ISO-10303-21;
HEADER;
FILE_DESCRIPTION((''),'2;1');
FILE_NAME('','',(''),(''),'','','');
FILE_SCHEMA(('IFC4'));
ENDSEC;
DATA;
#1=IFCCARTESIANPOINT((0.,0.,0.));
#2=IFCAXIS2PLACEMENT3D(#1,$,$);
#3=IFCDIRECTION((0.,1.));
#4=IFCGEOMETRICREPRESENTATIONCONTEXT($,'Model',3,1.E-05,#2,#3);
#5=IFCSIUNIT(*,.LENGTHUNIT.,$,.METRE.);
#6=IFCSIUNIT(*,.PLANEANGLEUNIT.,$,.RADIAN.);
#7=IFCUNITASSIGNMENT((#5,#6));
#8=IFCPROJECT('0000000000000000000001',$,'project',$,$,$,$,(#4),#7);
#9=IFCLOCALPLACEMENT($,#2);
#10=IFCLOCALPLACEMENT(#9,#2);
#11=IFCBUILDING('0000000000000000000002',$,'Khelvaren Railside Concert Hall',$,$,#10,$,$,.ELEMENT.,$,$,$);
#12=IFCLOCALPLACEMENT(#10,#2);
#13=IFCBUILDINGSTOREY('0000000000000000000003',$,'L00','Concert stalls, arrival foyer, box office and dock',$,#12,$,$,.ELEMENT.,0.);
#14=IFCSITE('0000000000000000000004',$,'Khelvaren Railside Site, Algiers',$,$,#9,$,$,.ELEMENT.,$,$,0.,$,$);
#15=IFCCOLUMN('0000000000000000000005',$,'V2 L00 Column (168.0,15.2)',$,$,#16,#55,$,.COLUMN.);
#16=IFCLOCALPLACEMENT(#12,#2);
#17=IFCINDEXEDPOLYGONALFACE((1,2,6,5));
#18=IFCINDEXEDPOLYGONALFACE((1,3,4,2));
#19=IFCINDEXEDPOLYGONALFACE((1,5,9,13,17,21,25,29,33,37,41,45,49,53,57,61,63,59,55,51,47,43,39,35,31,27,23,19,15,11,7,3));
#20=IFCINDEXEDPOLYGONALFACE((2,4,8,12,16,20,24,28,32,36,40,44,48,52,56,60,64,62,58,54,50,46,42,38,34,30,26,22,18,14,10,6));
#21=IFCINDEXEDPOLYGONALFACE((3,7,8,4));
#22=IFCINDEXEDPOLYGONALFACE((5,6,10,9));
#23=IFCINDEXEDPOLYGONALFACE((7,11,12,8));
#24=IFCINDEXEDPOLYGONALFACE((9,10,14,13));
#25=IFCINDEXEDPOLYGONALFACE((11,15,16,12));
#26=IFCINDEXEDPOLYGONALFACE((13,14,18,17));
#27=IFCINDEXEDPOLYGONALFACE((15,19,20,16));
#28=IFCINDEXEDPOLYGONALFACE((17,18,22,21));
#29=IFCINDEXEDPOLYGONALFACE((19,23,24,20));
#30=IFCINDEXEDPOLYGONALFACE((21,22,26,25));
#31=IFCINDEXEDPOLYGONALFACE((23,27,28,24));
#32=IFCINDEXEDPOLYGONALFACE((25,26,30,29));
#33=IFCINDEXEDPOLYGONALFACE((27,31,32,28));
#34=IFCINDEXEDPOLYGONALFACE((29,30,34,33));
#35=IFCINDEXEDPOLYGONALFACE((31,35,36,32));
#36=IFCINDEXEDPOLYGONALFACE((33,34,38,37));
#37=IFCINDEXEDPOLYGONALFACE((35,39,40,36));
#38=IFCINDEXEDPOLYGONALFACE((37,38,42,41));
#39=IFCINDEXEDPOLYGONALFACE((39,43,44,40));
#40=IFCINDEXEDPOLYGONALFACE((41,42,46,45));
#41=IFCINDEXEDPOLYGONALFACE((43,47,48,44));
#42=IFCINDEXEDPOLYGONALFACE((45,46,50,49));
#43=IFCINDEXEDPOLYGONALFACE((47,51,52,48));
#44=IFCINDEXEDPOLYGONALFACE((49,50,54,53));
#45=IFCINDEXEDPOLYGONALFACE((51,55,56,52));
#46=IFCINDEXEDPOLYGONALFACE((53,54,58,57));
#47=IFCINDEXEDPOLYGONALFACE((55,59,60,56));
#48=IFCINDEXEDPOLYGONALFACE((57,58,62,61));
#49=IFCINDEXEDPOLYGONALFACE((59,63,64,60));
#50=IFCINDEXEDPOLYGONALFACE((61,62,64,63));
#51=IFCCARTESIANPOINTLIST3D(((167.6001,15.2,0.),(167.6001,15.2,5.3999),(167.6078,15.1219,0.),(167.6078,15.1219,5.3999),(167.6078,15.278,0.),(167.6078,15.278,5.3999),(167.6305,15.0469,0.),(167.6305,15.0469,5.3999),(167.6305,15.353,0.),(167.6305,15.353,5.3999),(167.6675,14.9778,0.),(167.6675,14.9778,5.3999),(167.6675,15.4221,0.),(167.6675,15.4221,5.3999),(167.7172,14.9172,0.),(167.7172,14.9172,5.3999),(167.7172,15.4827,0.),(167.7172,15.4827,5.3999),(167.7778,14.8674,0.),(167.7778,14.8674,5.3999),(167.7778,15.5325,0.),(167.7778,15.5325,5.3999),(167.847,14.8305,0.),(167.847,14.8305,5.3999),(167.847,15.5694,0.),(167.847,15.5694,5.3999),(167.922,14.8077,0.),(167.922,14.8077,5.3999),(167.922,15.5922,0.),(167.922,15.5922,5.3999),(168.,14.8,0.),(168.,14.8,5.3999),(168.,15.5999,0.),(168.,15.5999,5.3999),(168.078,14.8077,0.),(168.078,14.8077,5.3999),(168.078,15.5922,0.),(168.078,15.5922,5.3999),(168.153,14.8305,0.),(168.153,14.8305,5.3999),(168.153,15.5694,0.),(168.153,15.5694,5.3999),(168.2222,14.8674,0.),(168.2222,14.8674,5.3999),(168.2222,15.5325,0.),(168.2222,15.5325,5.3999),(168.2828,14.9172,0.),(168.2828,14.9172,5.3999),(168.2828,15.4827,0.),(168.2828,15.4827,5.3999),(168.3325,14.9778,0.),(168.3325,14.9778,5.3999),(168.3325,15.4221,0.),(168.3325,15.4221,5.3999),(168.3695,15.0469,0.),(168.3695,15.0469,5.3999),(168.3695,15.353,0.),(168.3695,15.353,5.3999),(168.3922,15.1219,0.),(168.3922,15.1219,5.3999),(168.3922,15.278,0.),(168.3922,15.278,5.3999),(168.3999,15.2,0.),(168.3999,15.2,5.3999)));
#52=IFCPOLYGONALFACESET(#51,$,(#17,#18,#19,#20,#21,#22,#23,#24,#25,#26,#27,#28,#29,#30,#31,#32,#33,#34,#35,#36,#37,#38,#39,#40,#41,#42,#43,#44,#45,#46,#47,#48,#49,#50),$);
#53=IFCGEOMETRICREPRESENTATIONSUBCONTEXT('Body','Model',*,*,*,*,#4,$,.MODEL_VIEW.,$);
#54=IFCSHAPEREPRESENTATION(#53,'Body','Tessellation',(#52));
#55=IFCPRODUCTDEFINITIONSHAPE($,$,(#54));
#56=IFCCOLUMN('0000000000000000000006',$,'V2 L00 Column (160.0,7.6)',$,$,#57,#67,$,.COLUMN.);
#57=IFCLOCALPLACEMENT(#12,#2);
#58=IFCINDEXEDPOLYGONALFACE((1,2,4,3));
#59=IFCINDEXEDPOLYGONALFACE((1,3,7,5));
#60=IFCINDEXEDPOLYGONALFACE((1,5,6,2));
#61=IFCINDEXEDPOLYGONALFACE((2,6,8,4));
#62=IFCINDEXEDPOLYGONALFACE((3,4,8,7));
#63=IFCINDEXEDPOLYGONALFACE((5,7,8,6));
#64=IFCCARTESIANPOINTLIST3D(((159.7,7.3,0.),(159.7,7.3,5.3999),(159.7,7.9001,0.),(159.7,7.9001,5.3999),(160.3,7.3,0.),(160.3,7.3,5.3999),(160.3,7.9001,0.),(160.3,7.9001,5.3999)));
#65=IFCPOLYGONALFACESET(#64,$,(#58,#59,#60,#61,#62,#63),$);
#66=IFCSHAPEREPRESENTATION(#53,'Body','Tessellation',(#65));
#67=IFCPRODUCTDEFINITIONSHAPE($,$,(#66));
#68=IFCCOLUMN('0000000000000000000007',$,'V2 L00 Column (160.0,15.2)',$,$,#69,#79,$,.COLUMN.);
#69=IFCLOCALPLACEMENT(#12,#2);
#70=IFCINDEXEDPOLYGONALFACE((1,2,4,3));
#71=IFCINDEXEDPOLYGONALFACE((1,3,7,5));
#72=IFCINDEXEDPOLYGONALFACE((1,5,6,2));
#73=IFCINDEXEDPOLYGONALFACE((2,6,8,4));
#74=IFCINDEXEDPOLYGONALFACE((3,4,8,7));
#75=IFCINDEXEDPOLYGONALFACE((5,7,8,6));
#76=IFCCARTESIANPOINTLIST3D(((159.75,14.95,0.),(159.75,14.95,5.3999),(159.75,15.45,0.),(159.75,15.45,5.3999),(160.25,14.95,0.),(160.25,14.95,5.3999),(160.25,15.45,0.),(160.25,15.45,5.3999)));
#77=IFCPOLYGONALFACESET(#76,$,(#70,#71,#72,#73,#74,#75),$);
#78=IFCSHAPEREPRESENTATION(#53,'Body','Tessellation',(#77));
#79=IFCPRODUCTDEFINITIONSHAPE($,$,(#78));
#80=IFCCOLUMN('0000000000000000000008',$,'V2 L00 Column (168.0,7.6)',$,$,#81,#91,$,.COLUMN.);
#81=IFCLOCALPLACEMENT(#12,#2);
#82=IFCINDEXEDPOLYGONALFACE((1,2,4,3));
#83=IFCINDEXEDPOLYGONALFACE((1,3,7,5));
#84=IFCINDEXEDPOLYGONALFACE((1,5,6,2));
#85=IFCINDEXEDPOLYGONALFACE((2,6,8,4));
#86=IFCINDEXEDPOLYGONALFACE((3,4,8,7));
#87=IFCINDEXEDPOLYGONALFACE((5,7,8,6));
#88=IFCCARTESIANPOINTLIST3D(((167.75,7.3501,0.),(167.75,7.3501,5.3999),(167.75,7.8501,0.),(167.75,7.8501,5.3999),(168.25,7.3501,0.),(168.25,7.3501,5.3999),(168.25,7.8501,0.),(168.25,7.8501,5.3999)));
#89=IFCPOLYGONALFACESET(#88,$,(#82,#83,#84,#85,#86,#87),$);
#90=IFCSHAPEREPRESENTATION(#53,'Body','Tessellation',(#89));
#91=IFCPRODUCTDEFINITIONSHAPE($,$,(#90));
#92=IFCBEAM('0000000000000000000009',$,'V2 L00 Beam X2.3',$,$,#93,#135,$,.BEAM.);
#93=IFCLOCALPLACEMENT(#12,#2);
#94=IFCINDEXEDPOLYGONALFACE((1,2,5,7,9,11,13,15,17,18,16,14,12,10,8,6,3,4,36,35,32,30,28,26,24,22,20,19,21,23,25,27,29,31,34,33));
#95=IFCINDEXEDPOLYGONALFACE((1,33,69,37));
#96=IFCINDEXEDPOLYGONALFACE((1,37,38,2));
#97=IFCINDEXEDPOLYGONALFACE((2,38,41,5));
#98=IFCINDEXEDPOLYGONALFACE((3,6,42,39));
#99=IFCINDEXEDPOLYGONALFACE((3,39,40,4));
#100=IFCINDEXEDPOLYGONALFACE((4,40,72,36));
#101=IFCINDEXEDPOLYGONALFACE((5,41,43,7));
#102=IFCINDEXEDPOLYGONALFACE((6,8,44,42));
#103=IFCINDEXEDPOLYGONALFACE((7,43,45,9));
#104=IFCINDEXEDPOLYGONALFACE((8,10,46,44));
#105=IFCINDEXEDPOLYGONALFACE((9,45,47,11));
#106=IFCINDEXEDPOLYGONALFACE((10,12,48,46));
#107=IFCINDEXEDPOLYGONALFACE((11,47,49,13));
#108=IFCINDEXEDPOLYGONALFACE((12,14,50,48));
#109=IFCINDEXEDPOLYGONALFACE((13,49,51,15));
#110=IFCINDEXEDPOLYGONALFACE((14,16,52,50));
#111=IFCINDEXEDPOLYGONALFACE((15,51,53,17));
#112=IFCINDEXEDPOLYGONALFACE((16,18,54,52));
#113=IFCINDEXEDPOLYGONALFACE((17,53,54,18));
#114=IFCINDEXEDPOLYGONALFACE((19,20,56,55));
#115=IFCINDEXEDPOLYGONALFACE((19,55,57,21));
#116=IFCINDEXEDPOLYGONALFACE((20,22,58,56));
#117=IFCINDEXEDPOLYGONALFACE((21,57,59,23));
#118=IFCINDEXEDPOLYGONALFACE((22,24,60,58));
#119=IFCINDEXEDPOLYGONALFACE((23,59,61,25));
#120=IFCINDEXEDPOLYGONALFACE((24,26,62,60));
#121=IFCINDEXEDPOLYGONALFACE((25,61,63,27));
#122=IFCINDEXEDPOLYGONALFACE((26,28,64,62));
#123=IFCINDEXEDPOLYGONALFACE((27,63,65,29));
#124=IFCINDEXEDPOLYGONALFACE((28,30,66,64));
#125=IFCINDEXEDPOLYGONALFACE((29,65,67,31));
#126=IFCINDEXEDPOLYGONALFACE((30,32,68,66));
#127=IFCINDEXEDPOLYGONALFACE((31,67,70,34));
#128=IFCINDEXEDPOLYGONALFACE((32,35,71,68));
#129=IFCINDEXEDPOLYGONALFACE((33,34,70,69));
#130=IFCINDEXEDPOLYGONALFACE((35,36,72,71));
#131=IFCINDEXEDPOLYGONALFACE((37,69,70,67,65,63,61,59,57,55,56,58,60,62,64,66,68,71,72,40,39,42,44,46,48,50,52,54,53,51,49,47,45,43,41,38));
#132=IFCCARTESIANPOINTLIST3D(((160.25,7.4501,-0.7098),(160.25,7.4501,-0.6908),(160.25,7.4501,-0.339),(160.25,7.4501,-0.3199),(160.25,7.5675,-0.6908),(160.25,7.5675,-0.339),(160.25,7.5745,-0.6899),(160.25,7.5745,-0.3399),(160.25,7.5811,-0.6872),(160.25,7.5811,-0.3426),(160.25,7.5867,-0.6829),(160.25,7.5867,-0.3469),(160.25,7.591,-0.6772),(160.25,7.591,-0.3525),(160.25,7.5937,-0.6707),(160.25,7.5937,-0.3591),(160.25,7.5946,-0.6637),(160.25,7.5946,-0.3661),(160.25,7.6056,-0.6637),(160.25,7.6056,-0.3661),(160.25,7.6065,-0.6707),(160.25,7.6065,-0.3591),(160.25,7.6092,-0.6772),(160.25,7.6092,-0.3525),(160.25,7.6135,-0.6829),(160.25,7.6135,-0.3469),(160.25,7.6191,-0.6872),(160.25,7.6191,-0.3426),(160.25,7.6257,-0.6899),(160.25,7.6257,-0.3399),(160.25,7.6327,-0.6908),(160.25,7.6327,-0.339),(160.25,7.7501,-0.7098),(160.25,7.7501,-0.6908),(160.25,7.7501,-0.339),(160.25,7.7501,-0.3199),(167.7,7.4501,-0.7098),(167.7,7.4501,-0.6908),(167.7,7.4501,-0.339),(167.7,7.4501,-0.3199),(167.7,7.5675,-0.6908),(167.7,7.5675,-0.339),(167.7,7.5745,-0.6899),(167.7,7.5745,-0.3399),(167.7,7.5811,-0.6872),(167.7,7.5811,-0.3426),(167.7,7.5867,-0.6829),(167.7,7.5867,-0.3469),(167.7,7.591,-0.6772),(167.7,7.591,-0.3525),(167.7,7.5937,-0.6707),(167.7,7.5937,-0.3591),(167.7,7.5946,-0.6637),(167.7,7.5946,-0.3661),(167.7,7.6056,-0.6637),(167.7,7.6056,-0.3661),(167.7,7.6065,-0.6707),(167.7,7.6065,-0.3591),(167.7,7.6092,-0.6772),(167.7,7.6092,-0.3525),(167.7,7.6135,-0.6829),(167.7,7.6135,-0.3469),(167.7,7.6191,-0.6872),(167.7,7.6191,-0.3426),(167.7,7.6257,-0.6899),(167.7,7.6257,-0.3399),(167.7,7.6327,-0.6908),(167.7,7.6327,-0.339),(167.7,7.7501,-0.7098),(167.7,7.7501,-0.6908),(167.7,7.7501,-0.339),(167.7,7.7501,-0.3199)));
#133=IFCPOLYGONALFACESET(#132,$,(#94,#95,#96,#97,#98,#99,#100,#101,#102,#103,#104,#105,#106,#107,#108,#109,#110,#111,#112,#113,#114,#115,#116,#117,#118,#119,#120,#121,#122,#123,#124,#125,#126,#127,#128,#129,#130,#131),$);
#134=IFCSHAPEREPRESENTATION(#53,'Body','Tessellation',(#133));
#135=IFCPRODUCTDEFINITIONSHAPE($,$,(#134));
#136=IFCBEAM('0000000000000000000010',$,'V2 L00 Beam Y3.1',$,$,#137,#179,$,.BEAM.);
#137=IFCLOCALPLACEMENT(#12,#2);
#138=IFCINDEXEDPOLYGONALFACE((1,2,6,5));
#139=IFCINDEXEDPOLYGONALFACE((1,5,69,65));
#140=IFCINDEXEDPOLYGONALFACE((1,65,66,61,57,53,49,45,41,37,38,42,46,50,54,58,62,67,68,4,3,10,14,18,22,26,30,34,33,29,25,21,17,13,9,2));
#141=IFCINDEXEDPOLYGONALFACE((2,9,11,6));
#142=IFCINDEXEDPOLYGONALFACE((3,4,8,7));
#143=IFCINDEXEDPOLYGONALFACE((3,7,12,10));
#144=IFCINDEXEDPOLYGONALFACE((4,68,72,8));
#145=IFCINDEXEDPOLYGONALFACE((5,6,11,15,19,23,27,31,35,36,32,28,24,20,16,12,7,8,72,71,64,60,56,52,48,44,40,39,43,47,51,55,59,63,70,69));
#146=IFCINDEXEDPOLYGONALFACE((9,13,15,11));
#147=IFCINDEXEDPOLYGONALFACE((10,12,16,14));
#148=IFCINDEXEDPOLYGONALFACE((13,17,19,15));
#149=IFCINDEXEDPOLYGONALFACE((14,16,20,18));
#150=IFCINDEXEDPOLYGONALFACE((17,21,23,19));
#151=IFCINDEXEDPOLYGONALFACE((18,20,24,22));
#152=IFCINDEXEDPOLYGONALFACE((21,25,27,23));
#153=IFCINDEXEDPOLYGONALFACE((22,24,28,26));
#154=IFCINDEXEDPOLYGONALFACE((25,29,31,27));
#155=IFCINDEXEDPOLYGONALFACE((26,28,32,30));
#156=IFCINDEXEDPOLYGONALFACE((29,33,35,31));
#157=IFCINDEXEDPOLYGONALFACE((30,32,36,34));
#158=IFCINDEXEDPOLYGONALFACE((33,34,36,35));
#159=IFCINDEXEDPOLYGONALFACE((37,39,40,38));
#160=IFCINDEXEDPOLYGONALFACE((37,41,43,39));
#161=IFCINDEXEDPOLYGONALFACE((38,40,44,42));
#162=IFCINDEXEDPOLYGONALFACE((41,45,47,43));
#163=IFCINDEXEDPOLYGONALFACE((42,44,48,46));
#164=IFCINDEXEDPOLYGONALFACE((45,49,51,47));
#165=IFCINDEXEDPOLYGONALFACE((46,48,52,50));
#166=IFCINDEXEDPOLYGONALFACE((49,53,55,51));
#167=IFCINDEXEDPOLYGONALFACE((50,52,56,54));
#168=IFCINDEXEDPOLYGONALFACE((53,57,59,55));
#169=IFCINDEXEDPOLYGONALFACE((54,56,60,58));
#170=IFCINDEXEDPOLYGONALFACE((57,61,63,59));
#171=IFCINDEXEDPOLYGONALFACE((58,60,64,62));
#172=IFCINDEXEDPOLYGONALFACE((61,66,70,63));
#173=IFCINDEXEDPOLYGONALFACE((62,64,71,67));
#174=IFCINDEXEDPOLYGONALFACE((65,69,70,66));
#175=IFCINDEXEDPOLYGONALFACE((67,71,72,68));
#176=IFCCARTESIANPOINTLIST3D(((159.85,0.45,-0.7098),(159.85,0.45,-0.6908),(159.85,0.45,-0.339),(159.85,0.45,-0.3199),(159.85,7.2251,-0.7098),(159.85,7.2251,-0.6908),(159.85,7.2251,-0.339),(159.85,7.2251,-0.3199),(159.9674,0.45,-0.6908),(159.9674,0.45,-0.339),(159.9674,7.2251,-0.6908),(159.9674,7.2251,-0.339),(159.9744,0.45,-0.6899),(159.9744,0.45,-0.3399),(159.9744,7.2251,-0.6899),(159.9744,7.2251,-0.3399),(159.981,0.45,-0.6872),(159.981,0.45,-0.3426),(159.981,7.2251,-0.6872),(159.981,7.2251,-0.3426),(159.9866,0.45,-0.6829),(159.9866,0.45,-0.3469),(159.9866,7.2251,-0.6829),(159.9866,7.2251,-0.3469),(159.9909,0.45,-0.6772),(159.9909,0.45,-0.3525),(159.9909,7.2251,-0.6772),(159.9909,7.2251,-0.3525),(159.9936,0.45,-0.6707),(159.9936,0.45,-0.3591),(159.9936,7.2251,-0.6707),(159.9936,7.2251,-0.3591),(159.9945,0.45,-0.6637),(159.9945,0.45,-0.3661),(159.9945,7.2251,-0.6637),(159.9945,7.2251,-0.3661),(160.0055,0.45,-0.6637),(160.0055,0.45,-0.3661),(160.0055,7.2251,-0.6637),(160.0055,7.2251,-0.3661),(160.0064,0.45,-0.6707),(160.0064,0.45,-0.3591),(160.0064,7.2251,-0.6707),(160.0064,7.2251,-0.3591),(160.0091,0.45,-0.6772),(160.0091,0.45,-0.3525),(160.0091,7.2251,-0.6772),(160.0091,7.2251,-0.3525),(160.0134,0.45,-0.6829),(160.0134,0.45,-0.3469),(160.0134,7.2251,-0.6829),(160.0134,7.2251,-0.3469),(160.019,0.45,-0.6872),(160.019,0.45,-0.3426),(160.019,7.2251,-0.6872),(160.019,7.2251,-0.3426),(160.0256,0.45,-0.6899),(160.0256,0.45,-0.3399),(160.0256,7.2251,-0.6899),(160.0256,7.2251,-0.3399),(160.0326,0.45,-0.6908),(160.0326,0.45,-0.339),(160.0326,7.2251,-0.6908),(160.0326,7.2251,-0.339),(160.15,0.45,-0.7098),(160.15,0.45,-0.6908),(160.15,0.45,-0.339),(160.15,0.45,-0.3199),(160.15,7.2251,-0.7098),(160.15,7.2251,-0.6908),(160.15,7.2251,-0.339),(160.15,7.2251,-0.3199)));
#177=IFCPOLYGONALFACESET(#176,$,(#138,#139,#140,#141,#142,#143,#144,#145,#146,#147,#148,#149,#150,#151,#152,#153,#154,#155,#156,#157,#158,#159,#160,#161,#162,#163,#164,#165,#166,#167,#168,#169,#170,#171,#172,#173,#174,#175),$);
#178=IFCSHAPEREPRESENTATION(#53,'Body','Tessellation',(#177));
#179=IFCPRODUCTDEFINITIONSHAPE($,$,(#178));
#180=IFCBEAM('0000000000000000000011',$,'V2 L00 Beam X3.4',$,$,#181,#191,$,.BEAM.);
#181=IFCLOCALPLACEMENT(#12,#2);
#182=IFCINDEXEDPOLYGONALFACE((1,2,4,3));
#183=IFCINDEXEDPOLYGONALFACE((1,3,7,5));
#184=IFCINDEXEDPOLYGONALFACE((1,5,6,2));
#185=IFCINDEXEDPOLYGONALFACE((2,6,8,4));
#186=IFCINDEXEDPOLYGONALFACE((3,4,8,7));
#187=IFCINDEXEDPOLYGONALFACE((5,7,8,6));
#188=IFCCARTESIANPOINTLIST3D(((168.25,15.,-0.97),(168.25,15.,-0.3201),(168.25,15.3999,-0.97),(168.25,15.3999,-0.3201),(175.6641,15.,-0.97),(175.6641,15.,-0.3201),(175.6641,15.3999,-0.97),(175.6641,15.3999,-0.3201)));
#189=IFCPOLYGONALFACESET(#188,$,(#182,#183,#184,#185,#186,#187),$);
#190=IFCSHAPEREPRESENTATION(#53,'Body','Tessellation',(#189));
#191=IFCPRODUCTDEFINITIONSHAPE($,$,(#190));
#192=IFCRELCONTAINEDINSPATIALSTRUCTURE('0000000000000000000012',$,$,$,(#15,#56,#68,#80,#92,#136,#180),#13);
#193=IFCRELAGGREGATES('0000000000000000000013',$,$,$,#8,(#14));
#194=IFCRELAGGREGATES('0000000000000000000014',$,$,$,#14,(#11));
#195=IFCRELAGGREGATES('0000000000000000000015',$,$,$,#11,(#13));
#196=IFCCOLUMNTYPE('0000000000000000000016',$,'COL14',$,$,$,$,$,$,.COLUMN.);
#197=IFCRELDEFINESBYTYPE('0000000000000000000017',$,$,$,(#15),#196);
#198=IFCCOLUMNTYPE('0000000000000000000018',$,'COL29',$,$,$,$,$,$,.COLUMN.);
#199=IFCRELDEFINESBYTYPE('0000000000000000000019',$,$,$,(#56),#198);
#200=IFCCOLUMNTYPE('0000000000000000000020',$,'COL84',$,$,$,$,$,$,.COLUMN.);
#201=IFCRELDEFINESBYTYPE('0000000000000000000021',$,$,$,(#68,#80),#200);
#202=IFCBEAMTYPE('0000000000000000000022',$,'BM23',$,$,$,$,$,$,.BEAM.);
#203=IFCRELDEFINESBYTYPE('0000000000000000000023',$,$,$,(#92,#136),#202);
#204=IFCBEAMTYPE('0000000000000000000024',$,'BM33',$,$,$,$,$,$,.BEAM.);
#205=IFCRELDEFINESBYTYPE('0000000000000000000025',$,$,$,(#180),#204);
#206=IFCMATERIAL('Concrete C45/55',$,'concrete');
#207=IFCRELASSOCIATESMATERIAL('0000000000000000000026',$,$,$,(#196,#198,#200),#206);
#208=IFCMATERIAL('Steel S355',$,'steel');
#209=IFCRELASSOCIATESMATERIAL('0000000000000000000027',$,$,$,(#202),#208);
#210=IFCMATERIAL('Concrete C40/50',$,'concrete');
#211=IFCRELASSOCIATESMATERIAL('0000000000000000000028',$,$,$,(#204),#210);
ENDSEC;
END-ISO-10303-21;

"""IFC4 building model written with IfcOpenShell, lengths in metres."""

from ifc_helpers import new_model, si_unit, direction, frame, origin, origin_2d, place, context, subcontext, project, spatial, rectangle, circle, i_section, extrude, material, material_profile, profile_set, type_object, element, save


model = new_model("IFC4")

# Units and contexts
model_context = context("Model", 3, precision=1e-05, world=origin(), true_north=direction((0.0, 1.0)))
body_context = subcontext(model_context, "Body", "Model", "MODEL_VIEW")
ifc_project = project(units=[si_unit("LENGTHUNIT", "METRE"), si_unit("PLANEANGLEUNIT", "RADIAN")], contexts=[model_context])

# Site, building, storey
site_placement = place(None, origin())
site = spatial("IfcSite", under=ifc_project, at=site_placement, Name="Khelvaren Railside Site, Algiers", CompositionType="ELEMENT", RefElevation=0.0)
building_placement = place(site_placement, origin())
building = spatial("IfcBuilding", under=site, at=building_placement, Name="Khelvaren Railside Concert Hall", CompositionType="ELEMENT")
storey_placement = place(building_placement, origin())
storey = spatial("IfcBuildingStorey", under=building, at=storey_placement, Name="L00", Description="Concert stalls, arrival foyer, box office and dock", CompositionType="ELEMENT", Elevation=0.0)

# Columns
ifc_material_1 = material(Name="Concrete C45/55", Category="concrete")
ifc_material_profile_1 = material_profile(ifc_material_1, circle(Radius=0.3999, at=origin_2d()), Name="RC D800")
ifc_profile_set_1 = profile_set([ifc_material_profile_1], Name="Concrete C45/55")
column_type_1 = type_object("IfcColumnType", Name="COL14", PredefinedType="COLUMN", material=ifc_profile_set_1)
column_1_placement = place(storey_placement, frame((168.0, 15.2, 0.0), z_axis=(0.0, 0.0, 1.0), x_axis=(1.0, 0.0, 0.0)))
element("IfcColumn", 1, at=column_1_placement, inside=storey, type_object=column_type_1, Name="V2 L00 Column (168.0,15.2)", PredefinedType="COLUMN", context=body_context, shape_type="SweptSolid", body=[
    extrude(circle(Radius=0.3999, at=origin_2d()), origin(), (0.0, 0.0, 1.0), 5.3999),
])
ifc_material_profile_2 = material_profile(ifc_material_1, rectangle(XDim=0.6001, YDim=0.6001, at=origin_2d()), Name="RC 600x600")
ifc_profile_set_2 = profile_set([ifc_material_profile_2], Name="Concrete C45/55")
column_type_2 = type_object("IfcColumnType", Name="COL29", PredefinedType="COLUMN", material=ifc_profile_set_2)
column_2_placement = place(storey_placement, frame((160.0, 7.6001, 0.0), z_axis=(0.0, 0.0, 1.0), x_axis=(1.0, 0.0, 0.0)))
element("IfcColumn", 2, at=column_2_placement, inside=storey, type_object=column_type_2, Name="V2 L00 Column (160.0,7.6)", PredefinedType="COLUMN", context=body_context, shape_type="SweptSolid", body=[
    extrude(rectangle(XDim=0.6001, YDim=0.6001, at=origin_2d()), origin(), (0.0, 0.0, 1.0), 5.3999),
])
ifc_material_profile_3 = material_profile(ifc_material_1, rectangle(XDim=0.5, YDim=0.5, at=origin_2d()), Name="RC 500x500")
ifc_profile_set_3 = profile_set([ifc_material_profile_3], Name="Concrete C45/55")
column_type_3 = type_object("IfcColumnType", Name="COL84", PredefinedType="COLUMN", material=ifc_profile_set_3)
for number, where, z_axis, x_axis, name in (
    (3, (160.0, 15.2, 0.0), (0.0, 0.0, 1.0), (1.0, 0.0, 0.0), "V2 L00 Column (160.0,15.2)"),
    (4, (168.0, 7.6001, 0.0), (0.0, 0.0, 1.0), (1.0, 0.0, 0.0), "V2 L00 Column (168.0,7.6)"),
):
    element("IfcColumn", number, at=place(storey_placement, frame(where, z_axis=z_axis, x_axis=x_axis)), inside=storey, type_object=column_type_3, Name=name, PredefinedType="COLUMN", context=body_context, shape_type="SweptSolid", body=[
        extrude(rectangle(XDim=0.5, YDim=0.5, at=origin_2d()), origin(), (0.0, 0.0, 1.0), 5.3999),
    ])

# Beams
ifc_material_2 = material(Name="Steel S355", Category="steel")
ifc_material_profile_4 = material_profile(ifc_material_2, i_section(OverallWidth=0.3, OverallDepth=0.3899, WebThickness=0.011, FlangeThickness=0.019, FilletRadius=0.0271, at=origin_2d()), Name="HEA 400")
ifc_profile_set_4 = profile_set([ifc_material_profile_4], Name="Steel S355")
beam_type_1 = type_object("IfcBeamType", Name="BM23", PredefinedType="BEAM", material=ifc_profile_set_4)
beam_1_placement = place(storey_placement, frame((160.25, 7.6001, -0.5149), z_axis=(1.0, 0.0, 0.0), x_axis=(0.0, 1.0, 0.0)))
element("IfcBeam", 5, at=beam_1_placement, inside=storey, type_object=beam_type_1, Name="V2 L00 Beam X2.3", PredefinedType="BEAM", context=body_context, shape_type="SweptSolid", body=[
    extrude(i_section(OverallWidth=0.3, OverallDepth=0.3899, WebThickness=0.011, FlangeThickness=0.019, FilletRadius=0.0271, at=origin_2d()), origin(), (0.0, 0.0, 1.0), 7.45),
])
beam_2_placement = place(storey_placement, frame((160.0, 0.45, -0.5149), z_axis=(0.0, 1.0, 0.0), x_axis=(-1.0, 0.0, 0.0)))
element("IfcBeam", 6, at=beam_2_placement, inside=storey, type_object=beam_type_1, Name="V2 L00 Beam Y3.1", PredefinedType="BEAM", context=body_context, shape_type="SweptSolid", body=[
    extrude(i_section(OverallWidth=0.3, OverallDepth=0.3899, WebThickness=0.011, FlangeThickness=0.019, FilletRadius=0.0271, at=origin_2d()), origin(), (0.0, 0.0, 1.0), 6.7751),
])
ifc_material_3 = material(Name="Concrete C40/50", Category="concrete")
ifc_material_profile_5 = material_profile(ifc_material_3, rectangle(XDim=0.3999, YDim=0.6499, at=origin_2d()), Name="RCB 400x650")
ifc_profile_set_5 = profile_set([ifc_material_profile_5], Name="Concrete C40/50")
beam_type_2 = type_object("IfcBeamType", Name="BM33", PredefinedType="BEAM", material=ifc_profile_set_5)
beam_3_placement = place(storey_placement, frame((168.25, 15.2, -0.645), z_axis=(1.0, 0.0, 0.0), x_axis=(0.0, 1.0, 0.0)))
element("IfcBeam", 7, at=beam_3_placement, inside=storey, type_object=beam_type_2, Name="V2 L00 Beam X3.4", PredefinedType="BEAM", context=body_context, shape_type="SweptSolid", body=[
    extrude(rectangle(XDim=0.3999, YDim=0.6499, at=origin_2d()), origin(), (0.0, 0.0, 1.0), 7.4141),
])

save(model, "model.ifc")
